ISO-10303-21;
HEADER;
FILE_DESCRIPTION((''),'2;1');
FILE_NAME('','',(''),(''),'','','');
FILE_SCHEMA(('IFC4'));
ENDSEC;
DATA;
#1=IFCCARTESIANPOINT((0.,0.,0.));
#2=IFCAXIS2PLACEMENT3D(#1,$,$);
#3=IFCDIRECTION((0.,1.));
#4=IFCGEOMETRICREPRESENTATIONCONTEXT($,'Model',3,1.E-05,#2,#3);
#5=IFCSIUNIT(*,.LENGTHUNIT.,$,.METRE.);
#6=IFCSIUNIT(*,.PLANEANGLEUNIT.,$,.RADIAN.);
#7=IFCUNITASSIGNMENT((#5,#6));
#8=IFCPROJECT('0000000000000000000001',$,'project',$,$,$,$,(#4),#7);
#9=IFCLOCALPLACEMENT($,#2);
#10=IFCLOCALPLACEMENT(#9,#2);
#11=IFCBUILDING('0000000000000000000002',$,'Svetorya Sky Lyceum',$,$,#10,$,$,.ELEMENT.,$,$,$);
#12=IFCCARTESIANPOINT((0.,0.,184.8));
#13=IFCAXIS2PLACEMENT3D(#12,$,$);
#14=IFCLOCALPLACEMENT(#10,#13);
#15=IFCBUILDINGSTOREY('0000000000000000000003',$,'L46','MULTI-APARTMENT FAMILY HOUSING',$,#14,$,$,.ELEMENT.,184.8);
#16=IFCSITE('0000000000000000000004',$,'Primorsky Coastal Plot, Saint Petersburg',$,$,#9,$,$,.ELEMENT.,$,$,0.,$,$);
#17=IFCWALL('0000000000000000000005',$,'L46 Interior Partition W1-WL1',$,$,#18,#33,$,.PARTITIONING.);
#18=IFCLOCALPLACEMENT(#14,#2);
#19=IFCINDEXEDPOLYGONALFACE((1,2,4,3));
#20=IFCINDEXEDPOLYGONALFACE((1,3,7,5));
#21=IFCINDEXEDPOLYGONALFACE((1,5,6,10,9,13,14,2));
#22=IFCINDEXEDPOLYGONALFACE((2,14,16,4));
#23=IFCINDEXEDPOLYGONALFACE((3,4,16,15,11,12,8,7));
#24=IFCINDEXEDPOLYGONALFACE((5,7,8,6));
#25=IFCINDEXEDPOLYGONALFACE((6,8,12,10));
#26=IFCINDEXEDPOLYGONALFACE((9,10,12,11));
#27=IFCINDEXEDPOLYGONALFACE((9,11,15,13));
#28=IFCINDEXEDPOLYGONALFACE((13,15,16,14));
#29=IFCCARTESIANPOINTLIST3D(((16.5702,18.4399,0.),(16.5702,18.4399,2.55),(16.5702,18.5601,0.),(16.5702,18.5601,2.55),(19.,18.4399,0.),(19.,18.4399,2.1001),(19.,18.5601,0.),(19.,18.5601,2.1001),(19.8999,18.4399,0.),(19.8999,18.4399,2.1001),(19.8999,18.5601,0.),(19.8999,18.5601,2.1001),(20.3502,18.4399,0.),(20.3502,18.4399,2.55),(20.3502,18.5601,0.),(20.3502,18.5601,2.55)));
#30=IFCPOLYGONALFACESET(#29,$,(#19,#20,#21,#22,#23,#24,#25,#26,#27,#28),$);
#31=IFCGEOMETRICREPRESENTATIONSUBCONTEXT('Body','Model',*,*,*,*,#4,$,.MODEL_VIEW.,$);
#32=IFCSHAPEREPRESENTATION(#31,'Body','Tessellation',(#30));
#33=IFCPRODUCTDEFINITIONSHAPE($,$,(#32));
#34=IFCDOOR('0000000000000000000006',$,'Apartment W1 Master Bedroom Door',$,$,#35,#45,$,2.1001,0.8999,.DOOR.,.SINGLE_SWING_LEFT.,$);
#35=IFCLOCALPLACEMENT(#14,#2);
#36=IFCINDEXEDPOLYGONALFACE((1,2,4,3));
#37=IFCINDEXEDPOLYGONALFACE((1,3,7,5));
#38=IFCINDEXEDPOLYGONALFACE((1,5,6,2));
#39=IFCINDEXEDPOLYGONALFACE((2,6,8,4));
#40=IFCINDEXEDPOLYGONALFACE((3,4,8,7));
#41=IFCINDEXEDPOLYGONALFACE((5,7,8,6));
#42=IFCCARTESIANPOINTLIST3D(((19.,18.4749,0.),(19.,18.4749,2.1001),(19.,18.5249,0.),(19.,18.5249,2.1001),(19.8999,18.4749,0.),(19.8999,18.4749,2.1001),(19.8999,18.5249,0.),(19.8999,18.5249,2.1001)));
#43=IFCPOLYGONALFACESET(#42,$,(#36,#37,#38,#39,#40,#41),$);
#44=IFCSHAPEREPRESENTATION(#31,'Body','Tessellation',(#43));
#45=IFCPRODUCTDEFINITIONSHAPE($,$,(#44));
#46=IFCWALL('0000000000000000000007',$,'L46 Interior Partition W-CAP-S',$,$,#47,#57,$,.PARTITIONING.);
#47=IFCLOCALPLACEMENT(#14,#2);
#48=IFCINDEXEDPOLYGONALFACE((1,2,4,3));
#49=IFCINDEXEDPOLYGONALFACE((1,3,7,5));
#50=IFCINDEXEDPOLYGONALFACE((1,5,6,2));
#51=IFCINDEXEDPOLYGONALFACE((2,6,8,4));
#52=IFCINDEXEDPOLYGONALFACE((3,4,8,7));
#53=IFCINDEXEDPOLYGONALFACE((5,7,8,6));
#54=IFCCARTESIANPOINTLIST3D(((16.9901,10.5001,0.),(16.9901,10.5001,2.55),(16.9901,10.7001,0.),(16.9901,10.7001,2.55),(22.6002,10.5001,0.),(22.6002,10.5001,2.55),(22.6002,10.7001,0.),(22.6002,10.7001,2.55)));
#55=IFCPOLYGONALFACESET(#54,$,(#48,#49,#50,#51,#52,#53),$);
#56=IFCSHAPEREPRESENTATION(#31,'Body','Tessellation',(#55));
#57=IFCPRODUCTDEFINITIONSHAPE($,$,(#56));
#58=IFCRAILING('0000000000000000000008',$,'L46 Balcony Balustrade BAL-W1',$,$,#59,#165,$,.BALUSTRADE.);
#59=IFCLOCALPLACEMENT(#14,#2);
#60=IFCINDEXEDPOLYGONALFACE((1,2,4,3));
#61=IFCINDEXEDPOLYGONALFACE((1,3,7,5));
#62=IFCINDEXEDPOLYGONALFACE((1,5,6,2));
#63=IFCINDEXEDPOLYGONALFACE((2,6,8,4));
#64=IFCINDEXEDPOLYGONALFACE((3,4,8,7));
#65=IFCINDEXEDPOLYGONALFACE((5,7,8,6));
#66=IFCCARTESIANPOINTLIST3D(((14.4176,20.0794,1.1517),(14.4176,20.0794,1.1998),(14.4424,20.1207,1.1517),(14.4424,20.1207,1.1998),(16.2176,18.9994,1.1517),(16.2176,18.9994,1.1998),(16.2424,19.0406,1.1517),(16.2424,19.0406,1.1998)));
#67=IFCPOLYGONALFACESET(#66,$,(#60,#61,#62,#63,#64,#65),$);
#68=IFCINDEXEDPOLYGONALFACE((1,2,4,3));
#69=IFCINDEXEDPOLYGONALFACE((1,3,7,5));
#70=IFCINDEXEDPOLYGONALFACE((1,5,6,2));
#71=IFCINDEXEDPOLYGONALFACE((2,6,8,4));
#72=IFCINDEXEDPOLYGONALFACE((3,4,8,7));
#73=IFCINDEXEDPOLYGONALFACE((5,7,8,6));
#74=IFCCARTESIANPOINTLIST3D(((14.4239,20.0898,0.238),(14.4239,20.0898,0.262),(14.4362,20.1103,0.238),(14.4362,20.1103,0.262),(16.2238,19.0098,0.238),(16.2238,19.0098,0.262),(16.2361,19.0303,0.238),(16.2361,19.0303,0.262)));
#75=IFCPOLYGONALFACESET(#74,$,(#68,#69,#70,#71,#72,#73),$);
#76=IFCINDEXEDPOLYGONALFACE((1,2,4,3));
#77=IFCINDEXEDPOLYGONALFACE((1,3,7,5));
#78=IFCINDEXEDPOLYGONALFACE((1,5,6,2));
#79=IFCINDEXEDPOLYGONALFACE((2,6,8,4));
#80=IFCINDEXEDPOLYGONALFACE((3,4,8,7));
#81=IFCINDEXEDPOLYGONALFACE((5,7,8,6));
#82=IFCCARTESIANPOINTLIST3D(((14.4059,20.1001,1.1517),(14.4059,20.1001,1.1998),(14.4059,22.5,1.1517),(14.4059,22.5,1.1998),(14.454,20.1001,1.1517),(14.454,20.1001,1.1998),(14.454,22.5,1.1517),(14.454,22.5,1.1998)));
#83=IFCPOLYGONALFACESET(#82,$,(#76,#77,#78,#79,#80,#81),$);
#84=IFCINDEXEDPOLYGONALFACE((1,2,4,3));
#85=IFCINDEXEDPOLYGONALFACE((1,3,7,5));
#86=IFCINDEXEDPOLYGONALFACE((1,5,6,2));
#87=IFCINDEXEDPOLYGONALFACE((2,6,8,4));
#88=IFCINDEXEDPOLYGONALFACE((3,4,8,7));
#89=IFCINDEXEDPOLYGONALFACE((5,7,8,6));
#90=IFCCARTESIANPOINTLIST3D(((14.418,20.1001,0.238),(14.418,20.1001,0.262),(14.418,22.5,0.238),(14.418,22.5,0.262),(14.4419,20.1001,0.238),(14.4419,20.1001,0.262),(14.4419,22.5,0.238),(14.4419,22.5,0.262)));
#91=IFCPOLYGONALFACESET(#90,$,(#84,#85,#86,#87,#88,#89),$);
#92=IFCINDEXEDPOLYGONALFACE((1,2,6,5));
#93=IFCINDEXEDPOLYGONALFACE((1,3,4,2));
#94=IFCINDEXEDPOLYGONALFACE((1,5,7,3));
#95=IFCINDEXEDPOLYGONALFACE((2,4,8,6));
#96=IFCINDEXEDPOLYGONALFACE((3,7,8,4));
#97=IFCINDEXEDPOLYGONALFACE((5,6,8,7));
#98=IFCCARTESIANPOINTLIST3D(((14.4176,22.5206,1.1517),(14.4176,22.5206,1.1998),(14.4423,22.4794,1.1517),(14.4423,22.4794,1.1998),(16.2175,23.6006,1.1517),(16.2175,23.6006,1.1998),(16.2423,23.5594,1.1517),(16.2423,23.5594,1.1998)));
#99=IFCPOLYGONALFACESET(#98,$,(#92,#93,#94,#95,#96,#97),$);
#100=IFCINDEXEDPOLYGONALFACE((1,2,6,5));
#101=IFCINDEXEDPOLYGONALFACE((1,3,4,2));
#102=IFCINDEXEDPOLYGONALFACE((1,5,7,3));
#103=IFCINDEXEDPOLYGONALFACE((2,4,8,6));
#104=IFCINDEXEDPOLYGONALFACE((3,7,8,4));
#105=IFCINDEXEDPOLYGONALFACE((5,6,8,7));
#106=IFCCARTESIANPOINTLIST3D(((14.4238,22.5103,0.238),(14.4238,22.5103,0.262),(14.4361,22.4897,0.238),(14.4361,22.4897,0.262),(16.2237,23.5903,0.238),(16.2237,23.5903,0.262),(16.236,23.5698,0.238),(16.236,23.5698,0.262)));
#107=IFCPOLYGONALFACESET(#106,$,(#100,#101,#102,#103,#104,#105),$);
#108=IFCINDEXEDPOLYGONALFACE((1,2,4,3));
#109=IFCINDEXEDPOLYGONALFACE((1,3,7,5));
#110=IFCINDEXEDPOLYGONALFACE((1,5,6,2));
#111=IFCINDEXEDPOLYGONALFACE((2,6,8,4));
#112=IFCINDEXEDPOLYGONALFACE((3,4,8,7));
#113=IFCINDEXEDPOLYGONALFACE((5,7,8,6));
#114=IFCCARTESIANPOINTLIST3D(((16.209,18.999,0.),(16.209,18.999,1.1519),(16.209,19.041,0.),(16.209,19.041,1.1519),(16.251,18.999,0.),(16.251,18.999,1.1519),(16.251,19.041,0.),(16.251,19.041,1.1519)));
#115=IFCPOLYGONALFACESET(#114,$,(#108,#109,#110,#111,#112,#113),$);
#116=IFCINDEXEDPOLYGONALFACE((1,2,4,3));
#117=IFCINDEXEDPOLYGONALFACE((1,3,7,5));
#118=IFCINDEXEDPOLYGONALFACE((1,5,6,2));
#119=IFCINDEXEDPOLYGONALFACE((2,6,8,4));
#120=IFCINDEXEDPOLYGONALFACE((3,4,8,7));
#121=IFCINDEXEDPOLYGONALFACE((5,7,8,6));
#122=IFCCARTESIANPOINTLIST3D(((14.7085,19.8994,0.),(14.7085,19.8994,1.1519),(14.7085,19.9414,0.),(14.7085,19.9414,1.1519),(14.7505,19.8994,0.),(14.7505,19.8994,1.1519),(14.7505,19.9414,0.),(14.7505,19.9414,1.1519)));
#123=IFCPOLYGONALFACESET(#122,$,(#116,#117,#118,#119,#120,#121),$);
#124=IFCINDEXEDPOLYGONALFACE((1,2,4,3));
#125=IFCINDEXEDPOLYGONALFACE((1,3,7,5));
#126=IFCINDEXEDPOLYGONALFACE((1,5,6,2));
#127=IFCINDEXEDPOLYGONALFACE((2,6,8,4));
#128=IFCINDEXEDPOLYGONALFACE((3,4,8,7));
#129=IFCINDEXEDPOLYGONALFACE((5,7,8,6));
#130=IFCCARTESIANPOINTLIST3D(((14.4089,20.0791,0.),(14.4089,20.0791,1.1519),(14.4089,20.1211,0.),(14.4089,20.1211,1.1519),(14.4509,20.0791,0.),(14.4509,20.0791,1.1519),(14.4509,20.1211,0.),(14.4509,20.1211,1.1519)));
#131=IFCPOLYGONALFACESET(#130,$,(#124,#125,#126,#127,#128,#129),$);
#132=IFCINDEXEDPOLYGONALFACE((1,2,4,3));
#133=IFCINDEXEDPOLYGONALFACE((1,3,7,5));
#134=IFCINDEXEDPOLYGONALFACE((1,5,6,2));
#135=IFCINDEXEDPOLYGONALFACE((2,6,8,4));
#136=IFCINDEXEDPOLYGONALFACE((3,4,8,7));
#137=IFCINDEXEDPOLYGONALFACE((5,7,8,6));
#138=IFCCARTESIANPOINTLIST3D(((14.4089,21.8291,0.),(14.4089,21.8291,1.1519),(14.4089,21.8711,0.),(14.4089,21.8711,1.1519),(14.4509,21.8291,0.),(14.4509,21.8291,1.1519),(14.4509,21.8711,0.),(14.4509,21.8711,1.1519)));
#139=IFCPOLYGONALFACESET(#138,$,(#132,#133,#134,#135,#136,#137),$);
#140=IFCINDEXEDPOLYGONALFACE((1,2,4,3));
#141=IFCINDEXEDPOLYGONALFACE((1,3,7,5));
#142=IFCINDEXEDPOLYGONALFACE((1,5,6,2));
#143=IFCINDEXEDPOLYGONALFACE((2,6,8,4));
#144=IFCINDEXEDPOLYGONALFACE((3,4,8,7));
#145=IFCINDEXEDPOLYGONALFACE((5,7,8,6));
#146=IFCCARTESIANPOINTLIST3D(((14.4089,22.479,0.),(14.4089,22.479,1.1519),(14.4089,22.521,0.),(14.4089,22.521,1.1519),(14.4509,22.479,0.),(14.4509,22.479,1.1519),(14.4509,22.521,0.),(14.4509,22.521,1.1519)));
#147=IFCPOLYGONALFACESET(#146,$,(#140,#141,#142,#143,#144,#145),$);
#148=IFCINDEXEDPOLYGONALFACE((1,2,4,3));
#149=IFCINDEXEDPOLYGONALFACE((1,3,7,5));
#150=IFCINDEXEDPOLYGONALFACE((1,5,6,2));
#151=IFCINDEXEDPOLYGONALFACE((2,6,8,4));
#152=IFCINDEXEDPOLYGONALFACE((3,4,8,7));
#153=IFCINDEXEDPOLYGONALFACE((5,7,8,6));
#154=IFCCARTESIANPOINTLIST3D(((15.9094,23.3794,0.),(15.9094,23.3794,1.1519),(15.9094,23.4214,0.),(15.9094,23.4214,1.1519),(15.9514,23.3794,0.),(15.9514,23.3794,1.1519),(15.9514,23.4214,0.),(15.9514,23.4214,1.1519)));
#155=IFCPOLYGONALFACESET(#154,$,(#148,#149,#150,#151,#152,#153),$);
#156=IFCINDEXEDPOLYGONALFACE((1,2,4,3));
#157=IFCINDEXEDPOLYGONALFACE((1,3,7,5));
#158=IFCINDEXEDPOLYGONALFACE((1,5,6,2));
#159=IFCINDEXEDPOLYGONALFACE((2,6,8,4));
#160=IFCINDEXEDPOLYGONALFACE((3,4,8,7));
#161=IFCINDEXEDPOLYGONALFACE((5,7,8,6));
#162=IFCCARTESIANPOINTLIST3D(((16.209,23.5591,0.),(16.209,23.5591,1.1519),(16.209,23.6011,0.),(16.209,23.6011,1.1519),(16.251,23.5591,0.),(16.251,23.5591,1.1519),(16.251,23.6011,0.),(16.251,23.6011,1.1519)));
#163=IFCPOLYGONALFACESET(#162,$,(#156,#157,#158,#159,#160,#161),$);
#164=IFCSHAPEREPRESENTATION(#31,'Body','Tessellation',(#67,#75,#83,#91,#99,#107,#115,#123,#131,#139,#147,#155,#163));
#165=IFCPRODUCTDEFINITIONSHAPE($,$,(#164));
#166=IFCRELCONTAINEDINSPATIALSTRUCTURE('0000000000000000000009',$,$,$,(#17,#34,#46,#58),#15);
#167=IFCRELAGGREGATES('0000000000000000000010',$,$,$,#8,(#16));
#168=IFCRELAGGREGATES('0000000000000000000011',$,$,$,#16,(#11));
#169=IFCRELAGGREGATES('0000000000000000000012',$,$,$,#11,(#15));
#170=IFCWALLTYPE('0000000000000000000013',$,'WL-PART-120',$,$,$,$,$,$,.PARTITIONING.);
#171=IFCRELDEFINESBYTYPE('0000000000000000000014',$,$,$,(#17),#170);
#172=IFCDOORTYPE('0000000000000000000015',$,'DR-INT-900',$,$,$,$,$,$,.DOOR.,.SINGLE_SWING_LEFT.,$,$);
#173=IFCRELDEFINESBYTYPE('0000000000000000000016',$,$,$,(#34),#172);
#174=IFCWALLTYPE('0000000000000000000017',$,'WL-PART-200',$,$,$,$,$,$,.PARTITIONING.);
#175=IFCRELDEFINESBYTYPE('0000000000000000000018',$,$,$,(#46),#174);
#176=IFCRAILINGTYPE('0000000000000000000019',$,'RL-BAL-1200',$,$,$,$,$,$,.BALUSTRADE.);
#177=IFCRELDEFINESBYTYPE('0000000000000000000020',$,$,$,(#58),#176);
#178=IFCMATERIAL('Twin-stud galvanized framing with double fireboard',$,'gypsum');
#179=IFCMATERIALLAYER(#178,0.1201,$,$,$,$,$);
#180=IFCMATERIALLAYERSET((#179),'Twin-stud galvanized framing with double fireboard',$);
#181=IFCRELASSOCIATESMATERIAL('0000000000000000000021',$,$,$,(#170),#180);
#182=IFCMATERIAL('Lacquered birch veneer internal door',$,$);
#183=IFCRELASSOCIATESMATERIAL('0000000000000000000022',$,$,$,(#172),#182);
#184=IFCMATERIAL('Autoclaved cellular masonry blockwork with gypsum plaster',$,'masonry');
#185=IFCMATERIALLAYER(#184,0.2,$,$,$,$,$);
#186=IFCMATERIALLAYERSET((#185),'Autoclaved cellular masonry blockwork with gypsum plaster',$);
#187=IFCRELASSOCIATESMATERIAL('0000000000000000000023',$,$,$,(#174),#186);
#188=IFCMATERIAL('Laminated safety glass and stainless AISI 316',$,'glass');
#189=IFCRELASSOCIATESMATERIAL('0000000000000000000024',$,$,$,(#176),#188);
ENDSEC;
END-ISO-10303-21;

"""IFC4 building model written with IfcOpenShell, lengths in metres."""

from ifc_helpers import new_model, si_unit, direction, frame, frame_2d, origin, origin_2d, place, context, subcontext, project, spatial, rectangle, extrude, material, layer, layer_set, type_object, element, fill, save


model = new_model("IFC4")

# Units and contexts
model_context = context("Model", 3, precision=1e-05, world=origin(), true_north=direction((0.0, 1.0)))
body_context = subcontext(model_context, "Body", "Model", "MODEL_VIEW")
ifc_project = project(units=[si_unit("LENGTHUNIT", "METRE"), si_unit("PLANEANGLEUNIT", "RADIAN")], contexts=[model_context])

# Site, building, storey
site_placement = place(None, origin())
site = spatial("IfcSite", under=ifc_project, at=site_placement, Name="Primorsky Coastal Plot, Saint Petersburg", CompositionType="ELEMENT", RefElevation=0.0)
building_placement = place(site_placement, origin())
building = spatial("IfcBuilding", under=site, at=building_placement, Name="Svetorya Sky Lyceum", CompositionType="ELEMENT")
storey_placement = place(building_placement, frame((0.0, 0.0, 184.8)))
storey = spatial("IfcBuildingStorey", under=building, at=storey_placement, Name="L46", Description="MULTI-APARTMENT FAMILY HOUSING", CompositionType="ELEMENT", Elevation=184.8)

# Wall, opening, door
ifc_material_1 = material(Name="Twin-stud galvanized framing with double fireboard", Category="gypsum")
ifc_layer_1 = layer(ifc_material_1, 0.1201)
ifc_layer_set_1 = layer_set([ifc_layer_1], Name="Twin-stud galvanized framing with double fireboard")
wall_type_1 = type_object("IfcWallType", Name="WL-PART-120", PredefinedType="PARTITIONING", material=ifc_layer_set_1)
wall_1_placement = place(storey_placement, frame((16.5701, 18.5, 0.0), z_axis=(0.0, 0.0, 1.0), x_axis=(1.0, 0.0, 0.0)))
wall_1 = element("IfcWall", 1, at=wall_1_placement, inside=storey, type_object=wall_type_1, Name="L46 Interior Partition W1-WL1", PredefinedType="PARTITIONING", context=body_context, shape_type="SweptSolid", body=[
    extrude(rectangle(XDim=3.78, YDim=0.1201, at=frame_2d((1.8901, 0.0))), origin(), (0.0, 0.0, 1.0), 2.55),
])
opening_placement = place(wall_1_placement, frame((2.4299, 0.0, 0.0)))
opening = element("IfcOpeningElement", 2, at=opening_placement, cuts=wall_1, PredefinedType="OPENING", context=body_context, shape_type="SweptSolid", body=[
    extrude(rectangle(XDim=0.8999, YDim=2.1001, at=frame_2d((0.45, 1.05))), frame((0.0, 0.0701, 0.0), z_axis=(0.0, -1.0, 0.0), x_axis=(1.0, 0.0, 0.0)), (0.0, 0.0, 1.0), 0.1401),
])
ifc_material_2 = material(Name="Lacquered birch veneer internal door")
door_type = type_object("IfcDoorType", Name="DR-INT-900", OperationType="SINGLE_SWING_LEFT", PredefinedType="DOOR", material=ifc_material_2)
door_placement = place(opening_placement, origin())
door = element("IfcDoor", 3, at=door_placement, inside=storey, type_object=door_type, Name="Apartment W1 Master Bedroom Door", OperationType="SINGLE_SWING_LEFT", OverallHeight=2.1001, OverallWidth=0.8999, PredefinedType="DOOR", context=body_context, shape_type="SweptSolid", body=[
    extrude(rectangle(XDim=0.8999, YDim=2.1001, at=frame_2d((0.45, 1.05))), frame((0.0, 0.0249, 0.0), z_axis=(0.0, -1.0, 0.0), x_axis=(1.0, 0.0, 0.0)), (0.0, 0.0, 1.0), 0.05),
])
fill(opening, door)

# Wall
ifc_material_3 = material(Name="Autoclaved cellular masonry blockwork with gypsum plaster", Category="masonry")
ifc_layer_2 = layer(ifc_material_3, 0.2)
ifc_layer_set_2 = layer_set([ifc_layer_2], Name="Autoclaved cellular masonry blockwork with gypsum plaster")
wall_type_2 = type_object("IfcWallType", Name="WL-PART-200", PredefinedType="PARTITIONING", material=ifc_layer_set_2)
wall_2_placement = place(storey_placement, frame((16.99, 10.6001, 0.0), z_axis=(0.0, 0.0, 1.0), x_axis=(1.0, 0.0, 0.0)))
element("IfcWall", 4, at=wall_2_placement, inside=storey, type_object=wall_type_2, Name="L46 Interior Partition W-CAP-S", PredefinedType="PARTITIONING", context=body_context, shape_type="SweptSolid", body=[
    extrude(rectangle(XDim=5.6101, YDim=0.2, at=frame_2d((2.8052, 0.0))), origin(), (0.0, 0.0, 1.0), 2.55),
])

# Railing
ifc_material_4 = material(Name="Laminated safety glass and stainless AISI 316", Category="glass")
railing_type = type_object("IfcRailingType", Name="RL-BAL-1200", PredefinedType="BALUSTRADE", material=ifc_material_4)
railing_placement = place(storey_placement, frame((16.23, 19.02, 0.0)))
element("IfcRailing", 5, at=railing_placement, inside=storey, type_object=railing_type, Name="L46 Balcony Balustrade BAL-W1", PredefinedType="BALUSTRADE", context=body_context, shape_type="SweptSolid", body=[
    extrude(rectangle(XDim=0.0481, YDim=0.0481, at=origin_2d()), frame((0.0, 0.0, 1.1758), z_axis=(-0.857483, 0.514513, 0.0), x_axis=(-0.514513, -0.857483, 0.0)), (0.0, 0.0, 1.0), 2.0991),
    extrude(rectangle(XDim=0.0239, YDim=0.0239, at=origin_2d()), frame((0.0, 0.0, 0.25), z_axis=(-0.857483, 0.514513, 0.0), x_axis=(-0.514513, -0.857483, 0.0)), (0.0, 0.0, 1.0), 2.0991),
    extrude(rectangle(XDim=0.0481, YDim=0.0481, at=origin_2d()), frame((-1.8, 1.0801, 1.1758), z_axis=(0.0, 1.0, 0.0), x_axis=(-1.0, 0.0, 0.0)), (0.0, 0.0, 1.0), 2.3999),
    extrude(rectangle(XDim=0.0239, YDim=0.0239, at=origin_2d()), frame((-1.8, 1.0801, 0.25), z_axis=(0.0, 1.0, 0.0), x_axis=(-1.0, 0.0, 0.0)), (0.0, 0.0, 1.0), 2.3999),
    extrude(rectangle(XDim=0.0481, YDim=0.0481, at=origin_2d()), frame((-1.8, 3.48, 1.1758), z_axis=(0.857483, 0.514513, 0.0), x_axis=(-0.514513, 0.857483, 0.0)), (0.0, 0.0, 1.0), 2.0991),
    extrude(rectangle(XDim=0.0239, YDim=0.0239, at=origin_2d()), frame((-1.8, 3.48, 0.25), z_axis=(0.857483, 0.514513, 0.0), x_axis=(-0.514513, 0.857483, 0.0)), (0.0, 0.0, 1.0), 2.0991),
    extrude(rectangle(XDim=0.042, YDim=0.042, at=origin_2d()), origin(), (0.0, 0.0, 1.0), 1.1519),
    extrude(rectangle(XDim=0.042, YDim=0.042, at=origin_2d()), frame((-1.5005, 0.9004, 0.0)), (0.0, 0.0, 1.0), 1.1519),
    extrude(rectangle(XDim=0.042, YDim=0.042, at=origin_2d()), frame((-1.8, 1.0801, 0.0)), (0.0, 0.0, 1.0), 1.1519),
    extrude(rectangle(XDim=0.042, YDim=0.042, at=origin_2d()), frame((-1.8, 2.8301, 0.0)), (0.0, 0.0, 1.0), 1.1519),
    extrude(rectangle(XDim=0.042, YDim=0.042, at=origin_2d()), frame((-1.8, 3.48, 0.0)), (0.0, 0.0, 1.0), 1.1519),
    extrude(rectangle(XDim=0.042, YDim=0.042, at=origin_2d()), frame((-0.2996, 4.3804, 0.0)), (0.0, 0.0, 1.0), 1.1519),
    extrude(rectangle(XDim=0.042, YDim=0.042, at=origin_2d()), frame((0.0, 4.5601, 0.0)), (0.0, 0.0, 1.0), 1.1519),
])

save(model, "model.ifc")
